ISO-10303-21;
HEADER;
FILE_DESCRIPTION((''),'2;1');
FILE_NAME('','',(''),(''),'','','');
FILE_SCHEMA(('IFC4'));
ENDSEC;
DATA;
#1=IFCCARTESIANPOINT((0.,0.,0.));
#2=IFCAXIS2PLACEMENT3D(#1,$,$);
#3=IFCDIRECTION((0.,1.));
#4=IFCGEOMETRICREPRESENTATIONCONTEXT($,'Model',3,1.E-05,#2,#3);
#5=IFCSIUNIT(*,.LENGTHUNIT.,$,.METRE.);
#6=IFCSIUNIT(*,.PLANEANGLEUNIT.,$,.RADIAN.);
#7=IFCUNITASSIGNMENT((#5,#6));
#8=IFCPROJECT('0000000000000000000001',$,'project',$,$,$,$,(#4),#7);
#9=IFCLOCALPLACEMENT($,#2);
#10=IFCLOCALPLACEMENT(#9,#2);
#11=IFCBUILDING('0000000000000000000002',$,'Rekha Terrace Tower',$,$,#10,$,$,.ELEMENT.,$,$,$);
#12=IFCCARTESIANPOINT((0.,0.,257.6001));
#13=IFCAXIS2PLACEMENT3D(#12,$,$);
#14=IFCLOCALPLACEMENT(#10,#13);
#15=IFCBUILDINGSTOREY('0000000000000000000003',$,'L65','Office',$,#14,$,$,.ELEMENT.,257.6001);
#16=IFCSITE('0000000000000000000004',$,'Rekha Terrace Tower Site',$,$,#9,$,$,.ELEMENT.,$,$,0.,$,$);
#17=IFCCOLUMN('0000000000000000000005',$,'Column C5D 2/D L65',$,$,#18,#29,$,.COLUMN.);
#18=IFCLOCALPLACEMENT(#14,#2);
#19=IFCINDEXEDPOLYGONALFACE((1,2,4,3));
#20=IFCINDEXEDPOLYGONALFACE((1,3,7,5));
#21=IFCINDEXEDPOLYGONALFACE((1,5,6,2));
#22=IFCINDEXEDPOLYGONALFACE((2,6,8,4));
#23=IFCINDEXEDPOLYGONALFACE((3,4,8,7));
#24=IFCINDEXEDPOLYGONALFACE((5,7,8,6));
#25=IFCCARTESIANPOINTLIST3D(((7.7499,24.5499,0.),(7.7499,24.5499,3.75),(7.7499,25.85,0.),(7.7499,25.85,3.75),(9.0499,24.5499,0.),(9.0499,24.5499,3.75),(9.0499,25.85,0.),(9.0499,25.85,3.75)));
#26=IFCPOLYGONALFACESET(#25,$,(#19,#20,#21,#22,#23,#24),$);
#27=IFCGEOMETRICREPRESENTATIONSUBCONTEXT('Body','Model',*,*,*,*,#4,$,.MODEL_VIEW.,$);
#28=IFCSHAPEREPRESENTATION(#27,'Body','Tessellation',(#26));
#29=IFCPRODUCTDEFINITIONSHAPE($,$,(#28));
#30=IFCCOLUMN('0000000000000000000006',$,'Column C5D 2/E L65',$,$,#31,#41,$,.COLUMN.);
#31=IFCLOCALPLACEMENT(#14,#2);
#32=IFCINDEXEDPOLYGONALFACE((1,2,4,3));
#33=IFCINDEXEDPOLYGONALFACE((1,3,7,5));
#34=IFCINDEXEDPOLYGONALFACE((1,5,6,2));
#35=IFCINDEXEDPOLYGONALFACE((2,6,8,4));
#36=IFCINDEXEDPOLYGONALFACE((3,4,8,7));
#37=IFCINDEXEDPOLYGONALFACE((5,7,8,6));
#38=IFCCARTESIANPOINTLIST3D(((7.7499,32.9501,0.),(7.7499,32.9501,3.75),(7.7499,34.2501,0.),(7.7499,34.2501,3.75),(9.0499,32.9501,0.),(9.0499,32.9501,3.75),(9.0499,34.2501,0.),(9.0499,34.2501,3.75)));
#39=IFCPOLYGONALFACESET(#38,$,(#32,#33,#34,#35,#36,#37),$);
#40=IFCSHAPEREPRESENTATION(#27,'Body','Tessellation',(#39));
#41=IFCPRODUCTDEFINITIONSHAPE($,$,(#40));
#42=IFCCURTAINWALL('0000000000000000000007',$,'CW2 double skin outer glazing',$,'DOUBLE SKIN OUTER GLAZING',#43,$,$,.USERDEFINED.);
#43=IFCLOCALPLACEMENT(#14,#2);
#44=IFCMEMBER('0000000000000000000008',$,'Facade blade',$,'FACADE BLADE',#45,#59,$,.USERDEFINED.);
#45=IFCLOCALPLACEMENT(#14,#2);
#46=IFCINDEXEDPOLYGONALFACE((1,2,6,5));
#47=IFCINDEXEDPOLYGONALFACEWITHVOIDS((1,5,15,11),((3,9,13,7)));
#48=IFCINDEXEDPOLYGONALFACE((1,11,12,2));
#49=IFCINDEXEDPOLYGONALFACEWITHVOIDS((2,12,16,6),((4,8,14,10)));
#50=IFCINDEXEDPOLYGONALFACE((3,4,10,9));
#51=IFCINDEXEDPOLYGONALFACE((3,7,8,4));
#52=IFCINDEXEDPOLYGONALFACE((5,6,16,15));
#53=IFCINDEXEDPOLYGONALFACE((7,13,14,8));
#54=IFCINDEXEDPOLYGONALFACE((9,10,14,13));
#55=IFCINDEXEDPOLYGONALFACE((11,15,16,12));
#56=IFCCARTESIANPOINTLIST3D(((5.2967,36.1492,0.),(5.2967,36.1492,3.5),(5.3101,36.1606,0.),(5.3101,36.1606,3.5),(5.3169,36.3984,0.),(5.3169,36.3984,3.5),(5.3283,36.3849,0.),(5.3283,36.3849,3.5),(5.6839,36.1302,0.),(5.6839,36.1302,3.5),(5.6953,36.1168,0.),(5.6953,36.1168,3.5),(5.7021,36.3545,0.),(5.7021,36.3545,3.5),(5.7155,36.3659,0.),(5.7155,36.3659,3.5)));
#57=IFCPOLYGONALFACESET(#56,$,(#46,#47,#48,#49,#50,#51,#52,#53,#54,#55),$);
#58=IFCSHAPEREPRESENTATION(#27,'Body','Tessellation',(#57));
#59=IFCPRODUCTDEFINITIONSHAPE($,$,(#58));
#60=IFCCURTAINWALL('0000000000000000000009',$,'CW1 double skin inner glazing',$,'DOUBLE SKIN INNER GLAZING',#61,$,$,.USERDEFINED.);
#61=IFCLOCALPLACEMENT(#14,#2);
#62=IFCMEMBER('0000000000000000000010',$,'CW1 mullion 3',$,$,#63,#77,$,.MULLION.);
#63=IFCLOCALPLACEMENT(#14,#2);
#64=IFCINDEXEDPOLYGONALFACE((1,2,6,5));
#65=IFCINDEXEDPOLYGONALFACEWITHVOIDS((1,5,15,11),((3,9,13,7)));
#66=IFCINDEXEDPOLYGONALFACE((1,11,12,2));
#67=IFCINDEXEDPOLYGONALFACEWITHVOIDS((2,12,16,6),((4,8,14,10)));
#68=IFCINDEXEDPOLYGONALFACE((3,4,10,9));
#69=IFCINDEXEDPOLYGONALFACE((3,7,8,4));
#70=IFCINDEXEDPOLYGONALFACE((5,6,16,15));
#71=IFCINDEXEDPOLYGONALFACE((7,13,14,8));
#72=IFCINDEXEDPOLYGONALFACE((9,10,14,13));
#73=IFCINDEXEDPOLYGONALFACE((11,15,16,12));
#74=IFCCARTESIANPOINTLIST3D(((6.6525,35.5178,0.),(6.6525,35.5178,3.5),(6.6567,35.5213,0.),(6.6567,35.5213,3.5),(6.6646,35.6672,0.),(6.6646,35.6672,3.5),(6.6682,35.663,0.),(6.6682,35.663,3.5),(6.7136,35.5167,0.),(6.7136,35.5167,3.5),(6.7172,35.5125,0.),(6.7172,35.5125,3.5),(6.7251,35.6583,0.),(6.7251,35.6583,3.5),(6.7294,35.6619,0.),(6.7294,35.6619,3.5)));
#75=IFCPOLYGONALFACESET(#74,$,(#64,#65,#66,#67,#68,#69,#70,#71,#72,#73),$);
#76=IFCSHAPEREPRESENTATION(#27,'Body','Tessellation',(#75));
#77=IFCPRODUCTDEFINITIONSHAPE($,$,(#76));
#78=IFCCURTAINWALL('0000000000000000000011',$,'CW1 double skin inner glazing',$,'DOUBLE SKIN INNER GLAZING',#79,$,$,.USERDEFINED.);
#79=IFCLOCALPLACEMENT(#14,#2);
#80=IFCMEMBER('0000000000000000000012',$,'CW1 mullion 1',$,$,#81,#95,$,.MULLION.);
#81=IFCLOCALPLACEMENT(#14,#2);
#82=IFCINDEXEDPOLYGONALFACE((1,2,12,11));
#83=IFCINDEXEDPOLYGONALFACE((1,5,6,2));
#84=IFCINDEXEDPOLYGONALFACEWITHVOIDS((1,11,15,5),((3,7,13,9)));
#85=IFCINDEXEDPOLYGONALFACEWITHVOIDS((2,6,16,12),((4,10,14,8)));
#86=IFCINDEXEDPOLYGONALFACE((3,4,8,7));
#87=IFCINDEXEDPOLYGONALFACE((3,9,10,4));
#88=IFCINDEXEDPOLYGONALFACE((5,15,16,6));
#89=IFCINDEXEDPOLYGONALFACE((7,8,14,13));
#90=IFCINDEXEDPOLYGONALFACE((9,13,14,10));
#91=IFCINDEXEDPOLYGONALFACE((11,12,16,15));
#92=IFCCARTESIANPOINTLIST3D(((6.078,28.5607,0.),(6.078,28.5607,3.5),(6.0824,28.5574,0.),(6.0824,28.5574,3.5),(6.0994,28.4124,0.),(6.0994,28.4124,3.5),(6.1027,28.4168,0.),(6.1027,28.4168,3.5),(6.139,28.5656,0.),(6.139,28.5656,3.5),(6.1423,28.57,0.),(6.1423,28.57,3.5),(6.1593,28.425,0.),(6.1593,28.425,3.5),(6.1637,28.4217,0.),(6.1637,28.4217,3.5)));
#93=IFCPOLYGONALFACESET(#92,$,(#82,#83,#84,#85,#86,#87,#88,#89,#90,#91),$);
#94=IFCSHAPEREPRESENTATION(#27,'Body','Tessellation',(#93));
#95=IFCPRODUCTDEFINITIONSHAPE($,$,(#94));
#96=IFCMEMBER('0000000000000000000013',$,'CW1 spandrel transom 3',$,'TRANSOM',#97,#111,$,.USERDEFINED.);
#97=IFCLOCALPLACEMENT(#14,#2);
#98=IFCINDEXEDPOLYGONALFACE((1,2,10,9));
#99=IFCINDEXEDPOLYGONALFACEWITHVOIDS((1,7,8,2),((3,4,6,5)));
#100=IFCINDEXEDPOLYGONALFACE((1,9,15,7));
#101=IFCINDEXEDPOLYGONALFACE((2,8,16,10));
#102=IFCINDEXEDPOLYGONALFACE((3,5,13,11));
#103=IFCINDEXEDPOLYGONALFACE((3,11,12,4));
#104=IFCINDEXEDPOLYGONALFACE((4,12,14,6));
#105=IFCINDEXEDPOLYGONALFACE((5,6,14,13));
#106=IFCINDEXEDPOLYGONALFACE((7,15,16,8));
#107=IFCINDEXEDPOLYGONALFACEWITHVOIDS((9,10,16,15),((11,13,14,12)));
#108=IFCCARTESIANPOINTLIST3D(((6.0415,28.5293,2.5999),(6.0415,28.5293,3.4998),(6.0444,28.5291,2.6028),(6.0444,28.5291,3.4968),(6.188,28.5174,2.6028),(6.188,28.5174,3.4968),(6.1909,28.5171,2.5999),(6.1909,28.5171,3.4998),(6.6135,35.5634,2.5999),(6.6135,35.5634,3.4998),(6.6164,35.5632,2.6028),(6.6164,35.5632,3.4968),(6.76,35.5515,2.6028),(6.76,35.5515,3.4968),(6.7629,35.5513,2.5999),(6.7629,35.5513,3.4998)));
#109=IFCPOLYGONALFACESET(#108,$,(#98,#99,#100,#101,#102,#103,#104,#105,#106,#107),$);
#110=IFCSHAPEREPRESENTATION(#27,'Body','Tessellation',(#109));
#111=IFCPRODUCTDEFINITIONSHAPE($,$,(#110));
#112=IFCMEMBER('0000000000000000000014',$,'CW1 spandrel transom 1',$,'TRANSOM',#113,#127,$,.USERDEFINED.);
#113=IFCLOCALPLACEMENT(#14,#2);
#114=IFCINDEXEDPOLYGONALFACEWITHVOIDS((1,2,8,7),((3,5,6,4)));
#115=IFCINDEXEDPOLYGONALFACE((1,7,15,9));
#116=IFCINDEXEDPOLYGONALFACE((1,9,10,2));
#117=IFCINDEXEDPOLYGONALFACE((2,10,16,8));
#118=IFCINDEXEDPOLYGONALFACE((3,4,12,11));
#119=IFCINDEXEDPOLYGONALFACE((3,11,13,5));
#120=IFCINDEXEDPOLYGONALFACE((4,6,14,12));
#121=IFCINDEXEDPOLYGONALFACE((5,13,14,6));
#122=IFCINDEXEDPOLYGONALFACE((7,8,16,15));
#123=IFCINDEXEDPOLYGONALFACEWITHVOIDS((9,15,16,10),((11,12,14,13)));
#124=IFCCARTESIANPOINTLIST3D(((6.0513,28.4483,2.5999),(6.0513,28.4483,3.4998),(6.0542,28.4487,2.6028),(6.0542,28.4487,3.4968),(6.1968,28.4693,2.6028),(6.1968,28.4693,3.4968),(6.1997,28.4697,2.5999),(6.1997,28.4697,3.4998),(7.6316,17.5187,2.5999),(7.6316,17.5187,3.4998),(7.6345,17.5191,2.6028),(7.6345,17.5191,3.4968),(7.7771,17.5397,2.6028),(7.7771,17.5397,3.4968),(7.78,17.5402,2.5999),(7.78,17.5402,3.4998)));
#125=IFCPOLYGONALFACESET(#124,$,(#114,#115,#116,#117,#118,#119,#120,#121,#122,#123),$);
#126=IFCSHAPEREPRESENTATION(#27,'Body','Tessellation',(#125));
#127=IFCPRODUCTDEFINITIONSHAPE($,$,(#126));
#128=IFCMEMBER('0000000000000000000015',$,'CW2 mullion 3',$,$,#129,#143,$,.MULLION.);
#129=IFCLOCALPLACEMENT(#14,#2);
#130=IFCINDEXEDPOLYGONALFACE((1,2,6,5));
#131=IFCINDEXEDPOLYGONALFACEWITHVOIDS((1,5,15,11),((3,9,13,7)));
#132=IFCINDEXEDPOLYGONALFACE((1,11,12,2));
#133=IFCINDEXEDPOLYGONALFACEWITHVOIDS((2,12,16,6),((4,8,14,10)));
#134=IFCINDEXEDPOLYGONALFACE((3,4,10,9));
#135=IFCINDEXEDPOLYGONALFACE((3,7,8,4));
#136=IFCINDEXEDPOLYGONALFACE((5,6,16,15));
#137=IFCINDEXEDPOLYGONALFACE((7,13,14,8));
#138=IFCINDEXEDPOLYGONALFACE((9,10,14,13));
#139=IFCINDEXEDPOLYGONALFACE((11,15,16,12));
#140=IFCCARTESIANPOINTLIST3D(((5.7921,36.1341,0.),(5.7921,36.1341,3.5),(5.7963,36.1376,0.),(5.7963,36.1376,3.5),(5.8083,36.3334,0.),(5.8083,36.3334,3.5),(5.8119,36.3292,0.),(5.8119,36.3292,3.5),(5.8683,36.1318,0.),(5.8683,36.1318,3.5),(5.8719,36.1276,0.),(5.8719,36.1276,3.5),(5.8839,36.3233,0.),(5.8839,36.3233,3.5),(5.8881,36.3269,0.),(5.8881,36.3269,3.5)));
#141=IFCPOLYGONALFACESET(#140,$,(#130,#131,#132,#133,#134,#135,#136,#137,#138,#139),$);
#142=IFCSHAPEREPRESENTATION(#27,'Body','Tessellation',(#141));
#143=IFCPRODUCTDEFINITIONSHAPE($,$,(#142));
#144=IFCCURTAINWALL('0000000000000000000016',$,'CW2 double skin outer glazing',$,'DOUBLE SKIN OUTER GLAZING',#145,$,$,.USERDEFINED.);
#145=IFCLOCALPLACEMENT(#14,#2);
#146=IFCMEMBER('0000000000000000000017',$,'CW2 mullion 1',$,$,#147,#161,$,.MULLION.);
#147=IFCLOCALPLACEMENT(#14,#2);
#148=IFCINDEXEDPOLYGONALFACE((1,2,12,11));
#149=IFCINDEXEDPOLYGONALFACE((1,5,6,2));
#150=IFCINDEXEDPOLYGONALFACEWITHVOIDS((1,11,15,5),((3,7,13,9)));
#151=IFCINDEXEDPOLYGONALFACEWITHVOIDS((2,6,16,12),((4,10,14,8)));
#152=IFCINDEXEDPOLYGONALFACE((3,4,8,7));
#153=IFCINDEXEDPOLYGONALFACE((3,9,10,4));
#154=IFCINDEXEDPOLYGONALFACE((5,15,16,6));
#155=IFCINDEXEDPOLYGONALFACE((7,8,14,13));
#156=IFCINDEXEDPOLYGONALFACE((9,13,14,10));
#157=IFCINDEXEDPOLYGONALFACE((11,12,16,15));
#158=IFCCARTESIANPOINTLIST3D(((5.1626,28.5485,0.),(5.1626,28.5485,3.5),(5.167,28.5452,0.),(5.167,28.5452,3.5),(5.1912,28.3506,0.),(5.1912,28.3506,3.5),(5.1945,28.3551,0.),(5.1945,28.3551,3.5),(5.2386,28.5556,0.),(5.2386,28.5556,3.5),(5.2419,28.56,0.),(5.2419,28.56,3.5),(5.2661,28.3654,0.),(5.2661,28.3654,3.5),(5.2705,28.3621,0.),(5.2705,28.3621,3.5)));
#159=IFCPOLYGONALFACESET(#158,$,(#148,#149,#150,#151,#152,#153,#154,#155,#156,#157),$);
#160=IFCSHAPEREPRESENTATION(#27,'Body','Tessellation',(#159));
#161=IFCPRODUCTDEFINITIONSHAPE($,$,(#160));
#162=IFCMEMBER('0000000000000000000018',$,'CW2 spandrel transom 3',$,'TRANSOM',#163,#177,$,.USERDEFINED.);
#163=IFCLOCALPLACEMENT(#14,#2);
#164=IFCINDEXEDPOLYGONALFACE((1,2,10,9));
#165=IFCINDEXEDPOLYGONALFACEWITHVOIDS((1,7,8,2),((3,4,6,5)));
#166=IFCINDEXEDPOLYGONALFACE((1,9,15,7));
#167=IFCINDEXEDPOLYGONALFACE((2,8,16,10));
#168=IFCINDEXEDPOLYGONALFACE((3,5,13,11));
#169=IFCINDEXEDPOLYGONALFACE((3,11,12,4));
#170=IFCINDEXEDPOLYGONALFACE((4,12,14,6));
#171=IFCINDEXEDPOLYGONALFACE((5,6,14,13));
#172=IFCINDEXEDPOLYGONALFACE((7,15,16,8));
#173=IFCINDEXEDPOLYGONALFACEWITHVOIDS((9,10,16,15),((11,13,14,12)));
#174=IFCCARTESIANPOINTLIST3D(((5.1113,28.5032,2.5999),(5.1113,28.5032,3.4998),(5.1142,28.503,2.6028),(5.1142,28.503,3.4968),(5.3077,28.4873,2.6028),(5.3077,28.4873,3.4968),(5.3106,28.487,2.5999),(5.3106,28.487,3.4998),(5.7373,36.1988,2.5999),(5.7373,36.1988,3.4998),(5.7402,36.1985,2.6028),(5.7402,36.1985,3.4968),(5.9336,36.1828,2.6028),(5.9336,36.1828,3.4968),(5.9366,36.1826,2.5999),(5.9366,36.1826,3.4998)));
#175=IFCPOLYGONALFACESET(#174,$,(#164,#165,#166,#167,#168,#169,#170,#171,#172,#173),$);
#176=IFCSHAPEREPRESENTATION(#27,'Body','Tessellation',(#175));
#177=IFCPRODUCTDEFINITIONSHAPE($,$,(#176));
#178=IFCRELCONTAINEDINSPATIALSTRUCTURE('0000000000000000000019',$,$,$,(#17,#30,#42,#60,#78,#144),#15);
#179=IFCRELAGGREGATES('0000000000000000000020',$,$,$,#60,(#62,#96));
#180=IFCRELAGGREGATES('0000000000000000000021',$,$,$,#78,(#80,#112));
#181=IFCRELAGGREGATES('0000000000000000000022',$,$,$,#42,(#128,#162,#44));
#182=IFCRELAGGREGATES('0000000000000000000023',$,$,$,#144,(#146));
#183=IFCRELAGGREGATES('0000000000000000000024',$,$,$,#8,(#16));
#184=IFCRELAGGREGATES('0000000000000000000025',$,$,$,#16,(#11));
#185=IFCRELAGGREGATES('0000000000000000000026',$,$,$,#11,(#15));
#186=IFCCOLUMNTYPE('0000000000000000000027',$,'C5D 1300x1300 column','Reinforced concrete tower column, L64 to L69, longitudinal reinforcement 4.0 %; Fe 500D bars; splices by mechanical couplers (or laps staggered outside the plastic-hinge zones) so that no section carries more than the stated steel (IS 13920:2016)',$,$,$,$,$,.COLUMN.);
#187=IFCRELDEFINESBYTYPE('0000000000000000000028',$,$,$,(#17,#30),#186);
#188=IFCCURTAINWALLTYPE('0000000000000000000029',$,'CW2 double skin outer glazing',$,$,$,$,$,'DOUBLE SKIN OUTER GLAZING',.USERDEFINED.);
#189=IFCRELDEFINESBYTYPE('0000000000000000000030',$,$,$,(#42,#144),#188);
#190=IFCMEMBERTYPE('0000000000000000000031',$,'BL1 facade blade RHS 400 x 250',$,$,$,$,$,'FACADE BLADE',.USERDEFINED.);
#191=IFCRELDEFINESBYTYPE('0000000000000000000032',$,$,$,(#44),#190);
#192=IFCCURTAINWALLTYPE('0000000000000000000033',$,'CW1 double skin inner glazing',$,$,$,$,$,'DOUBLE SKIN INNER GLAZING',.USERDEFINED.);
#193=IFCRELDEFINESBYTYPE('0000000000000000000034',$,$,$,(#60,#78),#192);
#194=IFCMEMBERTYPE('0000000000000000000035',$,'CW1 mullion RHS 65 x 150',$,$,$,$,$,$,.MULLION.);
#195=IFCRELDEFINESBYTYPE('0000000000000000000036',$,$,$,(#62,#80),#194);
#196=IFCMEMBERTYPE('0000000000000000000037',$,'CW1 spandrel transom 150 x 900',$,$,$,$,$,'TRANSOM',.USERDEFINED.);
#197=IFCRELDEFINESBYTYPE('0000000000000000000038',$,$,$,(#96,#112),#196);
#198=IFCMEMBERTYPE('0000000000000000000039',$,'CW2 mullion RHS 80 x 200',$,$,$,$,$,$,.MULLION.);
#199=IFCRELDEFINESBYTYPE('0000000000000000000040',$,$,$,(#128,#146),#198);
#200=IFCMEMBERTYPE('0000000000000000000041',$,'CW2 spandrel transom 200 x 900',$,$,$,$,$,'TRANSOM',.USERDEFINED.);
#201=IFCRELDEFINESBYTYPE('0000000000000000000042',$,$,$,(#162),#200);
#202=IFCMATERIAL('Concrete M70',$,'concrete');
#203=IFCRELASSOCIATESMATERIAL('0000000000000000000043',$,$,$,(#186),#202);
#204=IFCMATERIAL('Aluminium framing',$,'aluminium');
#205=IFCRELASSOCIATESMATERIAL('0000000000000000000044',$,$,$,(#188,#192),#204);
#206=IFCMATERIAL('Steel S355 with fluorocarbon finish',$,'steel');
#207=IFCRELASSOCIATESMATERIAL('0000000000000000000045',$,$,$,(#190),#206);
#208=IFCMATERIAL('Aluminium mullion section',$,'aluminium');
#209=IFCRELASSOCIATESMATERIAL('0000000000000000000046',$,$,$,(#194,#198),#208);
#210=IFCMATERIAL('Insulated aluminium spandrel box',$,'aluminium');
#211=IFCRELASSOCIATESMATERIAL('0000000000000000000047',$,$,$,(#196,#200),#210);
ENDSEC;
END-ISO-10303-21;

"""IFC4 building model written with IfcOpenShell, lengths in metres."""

from ifc_helpers import new_model, si_unit, direction, frame, origin, origin_2d, place, context, subcontext, project, spatial, rectangle, hollow_rectangle, extrude, material, material_profile, profile_set, type_object, element, aggregate, save


model = new_model("IFC4")

# Units and contexts
model_context = context("Model", 3, precision=1e-05, world=origin(), true_north=direction((0.0, 1.0)))
body_context = subcontext(model_context, "Body", "Model", "MODEL_VIEW")
ifc_project = project(units=[si_unit("LENGTHUNIT", "METRE"), si_unit("PLANEANGLEUNIT", "RADIAN")], contexts=[model_context])

# Site, building, storey
site_placement = place(None, origin())
site = spatial("IfcSite", under=ifc_project, at=site_placement, Name="Rekha Terrace Tower Site", CompositionType="ELEMENT", RefElevation=0.0)
building_placement = place(site_placement, origin())
building = spatial("IfcBuilding", under=site, at=building_placement, Name="Rekha Terrace Tower", CompositionType="ELEMENT")
storey_placement = place(building_placement, frame((0.0, 0.0, 257.6001)))
storey = spatial("IfcBuildingStorey", under=building, at=storey_placement, Name="L65", Description="Office", CompositionType="ELEMENT", Elevation=257.6001)

# Columns
ifc_material_1 = material(Name="Concrete M70", Category="concrete")
ifc_material_profile_1 = material_profile(ifc_material_1, rectangle(XDim=1.3, YDim=1.3, at=origin_2d()), Name="RC 1300x1300")
ifc_profile_set_1 = profile_set([ifc_material_profile_1], Name="Concrete M70")
column_type = type_object("IfcColumnType", Name="C5D 1300x1300 column", Description="Reinforced concrete tower column, L64 to L69, longitudinal reinforcement 4.0 %; Fe 500D bars; splices by mechanical couplers (or laps staggered outside the plastic-hinge zones) so that no section carries more than the stated steel (IS 13920:2016)", PredefinedType="COLUMN", material=ifc_profile_set_1)
for number, where, z_axis, x_axis, name in (
    (1, (8.3999, 25.2, 0.0), (0.0, 0.0, 1.0), (1.0, 0.0, 0.0), "Column C5D 2/D L65"),
    (2, (8.3999, 33.6001, 0.0), (0.0, 0.0, 1.0), (1.0, 0.0, 0.0), "Column C5D 2/E L65"),
):
    element("IfcColumn", number, at=place(storey_placement, frame(where, z_axis=z_axis, x_axis=x_axis)), inside=storey, type_object=column_type, Name=name, PredefinedType="COLUMN", context=body_context, shape_type="SweptSolid", body=[
        extrude(rectangle(XDim=1.3, YDim=1.3, at=origin_2d()), origin(), (0.0, 0.0, 1.0), 3.75),
    ])

# Curtain walls, members
ifc_material_2 = material(Name="Aluminium framing", Category="aluminium")
curtain_wall_type_1 = type_object("IfcCurtainWallType", Name="CW2 double skin outer glazing", ElementType="DOUBLE SKIN OUTER GLAZING", PredefinedType="USERDEFINED", material=ifc_material_2)
curtain_wall_1_placement = place(storey_placement, origin())
curtain_wall_1 = element("IfcCurtainWall", 3, at=curtain_wall_1_placement, inside=storey, type_object=curtain_wall_type_1, Name="CW2 double skin outer glazing", ObjectType="DOUBLE SKIN OUTER GLAZING", PredefinedType="USERDEFINED")
ifc_material_3 = material(Name="Steel S355 with fluorocarbon finish", Category="steel")
ifc_material_profile_2 = material_profile(ifc_material_3, hollow_rectangle(XDim=0.25, YDim=0.3999, WallThickness=0.0125, at=origin_2d()), Name="RHS400x250x12.5")
ifc_profile_set_2 = profile_set([ifc_material_profile_2], Name="Steel S355 with fluorocarbon finish")
member_type_1 = type_object("IfcMemberType", Name="BL1 facade blade RHS 400 x 250", ElementType="FACADE BLADE", PredefinedType="USERDEFINED", material=ifc_profile_set_2)
member_1_placement = place(storey_placement, frame((5.5061, 36.2576, 0.0), z_axis=(0.0, 0.0, 1.0), x_axis=(-0.081069, -0.996709, 0.0)))
member_1 = element("IfcMember", 4, at=member_1_placement, type_object=member_type_1, Name="Facade blade", ObjectType="FACADE BLADE", PredefinedType="USERDEFINED", context=body_context, shape_type="SweptSolid", body=[
    extrude(hollow_rectangle(XDim=0.25, YDim=0.3999, WallThickness=0.0125, at=origin_2d()), origin(), (0.0, 0.0, 1.0), 3.5),
])
curtain_wall_type_2 = type_object("IfcCurtainWallType", Name="CW1 double skin inner glazing", ElementType="DOUBLE SKIN INNER GLAZING", PredefinedType="USERDEFINED", material=ifc_material_2)
curtain_wall_2_placement = place(storey_placement, origin())
curtain_wall_2 = element("IfcCurtainWall", 5, at=curtain_wall_2_placement, inside=storey, type_object=curtain_wall_type_2, Name="CW1 double skin inner glazing", ObjectType="DOUBLE SKIN INNER GLAZING", PredefinedType="USERDEFINED")
ifc_material_4 = material(Name="Aluminium mullion section", Category="aluminium")
ifc_material_profile_3 = material_profile(ifc_material_4, hollow_rectangle(XDim=0.0649, YDim=0.1499, WallThickness=0.0039, at=origin_2d()), Name="AL RHS 65x150")
ifc_profile_set_3 = profile_set([ifc_material_profile_3], Name="Aluminium mullion section")
member_type_2 = type_object("IfcMemberType", Name="CW1 mullion RHS 65 x 150", PredefinedType="MULLION", material=ifc_profile_set_3)
member_2_placement = place(storey_placement, frame((6.6909, 35.5898, 0.0), z_axis=(0.0, 0.0, 1.0), x_axis=(0.996709, -0.081068, 0.0)))
member_2 = element("IfcMember", 6, at=member_2_placement, type_object=member_type_2, Name="CW1 mullion 3", PredefinedType="MULLION", context=body_context, shape_type="SweptSolid", body=[
    extrude(hollow_rectangle(XDim=0.0649, YDim=0.1499, WallThickness=0.0039, at=origin_2d()), origin(), (0.0, 0.0, 1.0), 3.5),
])
curtain_wall_3_placement = place(storey_placement, origin())
curtain_wall_3 = element("IfcCurtainWall", 7, at=curtain_wall_3_placement, inside=storey, type_object=curtain_wall_type_2, Name="CW1 double skin inner glazing", ObjectType="DOUBLE SKIN INNER GLAZING", PredefinedType="USERDEFINED")
member_3_placement = place(storey_placement, frame((6.1208, 28.4912, 0.0), z_axis=(0.0, 0.0, 1.0), x_axis=(0.989707, 0.143108, 0.0)))
member_3 = element("IfcMember", 8, at=member_3_placement, type_object=member_type_2, Name="CW1 mullion 1", PredefinedType="MULLION", context=body_context, shape_type="SweptSolid", body=[
    extrude(hollow_rectangle(XDim=0.0649, YDim=0.1499, WallThickness=0.0039, at=origin_2d()), origin(), (0.0, 0.0, 1.0), 3.5),
])

# Members
ifc_material_5 = material(Name="Insulated aluminium spandrel box", Category="aluminium")
ifc_material_profile_4 = material_profile(ifc_material_5, hollow_rectangle(XDim=0.1499, YDim=0.8999, WallThickness=0.0029, at=origin_2d()), Name="AL SPANDREL BOX 150x900")
ifc_profile_set_4 = profile_set([ifc_material_profile_4], Name="Insulated aluminium spandrel box")
member_type_3 = type_object("IfcMemberType", Name="CW1 spandrel transom 150 x 900", ElementType="TRANSOM", PredefinedType="USERDEFINED", material=ifc_profile_set_4)
member_4_placement = place(storey_placement, frame((6.6882, 35.5574, 3.0498), z_axis=(-0.081053, -0.99671, 0.0), x_axis=(0.99671, -0.081053, 0.0)))
member_4 = element("IfcMember", 9, at=member_4_placement, type_object=member_type_3, Name="CW1 spandrel transom 3", ObjectType="TRANSOM", PredefinedType="USERDEFINED", context=body_context, shape_type="SweptSolid", body=[
    extrude(hollow_rectangle(XDim=0.1499, YDim=0.8999, WallThickness=0.0029, at=origin_2d()), origin(), (0.0, 0.0, 1.0), 7.0574),
])
member_5_placement = place(storey_placement, frame((6.1255, 28.459, 3.0498), z_axis=(0.143105, -0.989708, 0.0), x_axis=(0.989708, 0.143105, 0.0)))
member_5 = element("IfcMember", 10, at=member_5_placement, type_object=member_type_3, Name="CW1 spandrel transom 1", ObjectType="TRANSOM", PredefinedType="USERDEFINED", context=body_context, shape_type="SweptSolid", body=[
    extrude(hollow_rectangle(XDim=0.1499, YDim=0.8999, WallThickness=0.0029, at=origin_2d()), origin(), (0.0, 0.0, 1.0), 11.0432),
])
ifc_material_profile_5 = material_profile(ifc_material_4, hollow_rectangle(XDim=0.0801, YDim=0.2, WallThickness=0.0039, at=origin_2d()), Name="AL RHS 80x200")
ifc_profile_set_5 = profile_set([ifc_material_profile_5], Name="Aluminium mullion section")
member_type_4 = type_object("IfcMemberType", Name="CW2 mullion RHS 80 x 200", PredefinedType="MULLION", material=ifc_profile_set_5)
member_6_placement = place(storey_placement, frame((5.8401, 36.2305, 0.0), z_axis=(0.0, 0.0, 1.0), x_axis=(0.996709, -0.081068, 0.0)))
member_6 = element("IfcMember", 11, at=member_6_placement, type_object=member_type_4, Name="CW2 mullion 3", PredefinedType="MULLION", context=body_context, shape_type="SweptSolid", body=[
    extrude(hollow_rectangle(XDim=0.0801, YDim=0.2, WallThickness=0.0039, at=origin_2d()), origin(), (0.0, 0.0, 1.0), 3.5),
])

# Curtain wall, member
curtain_wall_4_placement = place(storey_placement, origin())
curtain_wall_4 = element("IfcCurtainWall", 12, at=curtain_wall_4_placement, inside=storey, type_object=curtain_wall_type_1, Name="CW2 double skin outer glazing", ObjectType="DOUBLE SKIN OUTER GLAZING", PredefinedType="USERDEFINED")
member_7_placement = place(storey_placement, frame((5.2166, 28.4553, 0.0), z_axis=(0.0, 0.0, 1.0), x_axis=(0.989707, 0.143108, 0.0)))
member_7 = element("IfcMember", 13, at=member_7_placement, type_object=member_type_4, Name="CW2 mullion 1", PredefinedType="MULLION", context=body_context, shape_type="SweptSolid", body=[
    extrude(hollow_rectangle(XDim=0.0801, YDim=0.2, WallThickness=0.0039, at=origin_2d()), origin(), (0.0, 0.0, 1.0), 3.5),
])

# Member
ifc_material_profile_6 = material_profile(ifc_material_5, hollow_rectangle(XDim=0.2, YDim=0.8999, WallThickness=0.0029, at=origin_2d()), Name="AL SPANDREL BOX 200x900")
ifc_profile_set_6 = profile_set([ifc_material_profile_6], Name="Insulated aluminium spandrel box")
member_type_5 = type_object("IfcMemberType", Name="CW2 spandrel transom 200 x 900", ElementType="TRANSOM", PredefinedType="USERDEFINED", material=ifc_profile_set_6)
member_8_placement = place(storey_placement, frame((5.8369, 36.1907, 3.0498), z_axis=(-0.081075, -0.996708, 0.0), x_axis=(0.996708, -0.081075, 0.0)))
member_8 = element("IfcMember", 14, at=member_8_placement, type_object=member_type_5, Name="CW2 spandrel transom 3", ObjectType="TRANSOM", PredefinedType="USERDEFINED", context=body_context, shape_type="SweptSolid", body=[
    extrude(hollow_rectangle(XDim=0.2, YDim=0.8999, WallThickness=0.0029, at=origin_2d()), origin(), (0.0, 0.0, 1.0), 7.7209),
])

aggregate(curtain_wall_2, [member_2, member_4])
aggregate(curtain_wall_3, [member_3, member_5])
aggregate(curtain_wall_1, [member_6, member_8, member_1])
aggregate(curtain_wall_4, [member_7])

save(model, "model.ifc")
